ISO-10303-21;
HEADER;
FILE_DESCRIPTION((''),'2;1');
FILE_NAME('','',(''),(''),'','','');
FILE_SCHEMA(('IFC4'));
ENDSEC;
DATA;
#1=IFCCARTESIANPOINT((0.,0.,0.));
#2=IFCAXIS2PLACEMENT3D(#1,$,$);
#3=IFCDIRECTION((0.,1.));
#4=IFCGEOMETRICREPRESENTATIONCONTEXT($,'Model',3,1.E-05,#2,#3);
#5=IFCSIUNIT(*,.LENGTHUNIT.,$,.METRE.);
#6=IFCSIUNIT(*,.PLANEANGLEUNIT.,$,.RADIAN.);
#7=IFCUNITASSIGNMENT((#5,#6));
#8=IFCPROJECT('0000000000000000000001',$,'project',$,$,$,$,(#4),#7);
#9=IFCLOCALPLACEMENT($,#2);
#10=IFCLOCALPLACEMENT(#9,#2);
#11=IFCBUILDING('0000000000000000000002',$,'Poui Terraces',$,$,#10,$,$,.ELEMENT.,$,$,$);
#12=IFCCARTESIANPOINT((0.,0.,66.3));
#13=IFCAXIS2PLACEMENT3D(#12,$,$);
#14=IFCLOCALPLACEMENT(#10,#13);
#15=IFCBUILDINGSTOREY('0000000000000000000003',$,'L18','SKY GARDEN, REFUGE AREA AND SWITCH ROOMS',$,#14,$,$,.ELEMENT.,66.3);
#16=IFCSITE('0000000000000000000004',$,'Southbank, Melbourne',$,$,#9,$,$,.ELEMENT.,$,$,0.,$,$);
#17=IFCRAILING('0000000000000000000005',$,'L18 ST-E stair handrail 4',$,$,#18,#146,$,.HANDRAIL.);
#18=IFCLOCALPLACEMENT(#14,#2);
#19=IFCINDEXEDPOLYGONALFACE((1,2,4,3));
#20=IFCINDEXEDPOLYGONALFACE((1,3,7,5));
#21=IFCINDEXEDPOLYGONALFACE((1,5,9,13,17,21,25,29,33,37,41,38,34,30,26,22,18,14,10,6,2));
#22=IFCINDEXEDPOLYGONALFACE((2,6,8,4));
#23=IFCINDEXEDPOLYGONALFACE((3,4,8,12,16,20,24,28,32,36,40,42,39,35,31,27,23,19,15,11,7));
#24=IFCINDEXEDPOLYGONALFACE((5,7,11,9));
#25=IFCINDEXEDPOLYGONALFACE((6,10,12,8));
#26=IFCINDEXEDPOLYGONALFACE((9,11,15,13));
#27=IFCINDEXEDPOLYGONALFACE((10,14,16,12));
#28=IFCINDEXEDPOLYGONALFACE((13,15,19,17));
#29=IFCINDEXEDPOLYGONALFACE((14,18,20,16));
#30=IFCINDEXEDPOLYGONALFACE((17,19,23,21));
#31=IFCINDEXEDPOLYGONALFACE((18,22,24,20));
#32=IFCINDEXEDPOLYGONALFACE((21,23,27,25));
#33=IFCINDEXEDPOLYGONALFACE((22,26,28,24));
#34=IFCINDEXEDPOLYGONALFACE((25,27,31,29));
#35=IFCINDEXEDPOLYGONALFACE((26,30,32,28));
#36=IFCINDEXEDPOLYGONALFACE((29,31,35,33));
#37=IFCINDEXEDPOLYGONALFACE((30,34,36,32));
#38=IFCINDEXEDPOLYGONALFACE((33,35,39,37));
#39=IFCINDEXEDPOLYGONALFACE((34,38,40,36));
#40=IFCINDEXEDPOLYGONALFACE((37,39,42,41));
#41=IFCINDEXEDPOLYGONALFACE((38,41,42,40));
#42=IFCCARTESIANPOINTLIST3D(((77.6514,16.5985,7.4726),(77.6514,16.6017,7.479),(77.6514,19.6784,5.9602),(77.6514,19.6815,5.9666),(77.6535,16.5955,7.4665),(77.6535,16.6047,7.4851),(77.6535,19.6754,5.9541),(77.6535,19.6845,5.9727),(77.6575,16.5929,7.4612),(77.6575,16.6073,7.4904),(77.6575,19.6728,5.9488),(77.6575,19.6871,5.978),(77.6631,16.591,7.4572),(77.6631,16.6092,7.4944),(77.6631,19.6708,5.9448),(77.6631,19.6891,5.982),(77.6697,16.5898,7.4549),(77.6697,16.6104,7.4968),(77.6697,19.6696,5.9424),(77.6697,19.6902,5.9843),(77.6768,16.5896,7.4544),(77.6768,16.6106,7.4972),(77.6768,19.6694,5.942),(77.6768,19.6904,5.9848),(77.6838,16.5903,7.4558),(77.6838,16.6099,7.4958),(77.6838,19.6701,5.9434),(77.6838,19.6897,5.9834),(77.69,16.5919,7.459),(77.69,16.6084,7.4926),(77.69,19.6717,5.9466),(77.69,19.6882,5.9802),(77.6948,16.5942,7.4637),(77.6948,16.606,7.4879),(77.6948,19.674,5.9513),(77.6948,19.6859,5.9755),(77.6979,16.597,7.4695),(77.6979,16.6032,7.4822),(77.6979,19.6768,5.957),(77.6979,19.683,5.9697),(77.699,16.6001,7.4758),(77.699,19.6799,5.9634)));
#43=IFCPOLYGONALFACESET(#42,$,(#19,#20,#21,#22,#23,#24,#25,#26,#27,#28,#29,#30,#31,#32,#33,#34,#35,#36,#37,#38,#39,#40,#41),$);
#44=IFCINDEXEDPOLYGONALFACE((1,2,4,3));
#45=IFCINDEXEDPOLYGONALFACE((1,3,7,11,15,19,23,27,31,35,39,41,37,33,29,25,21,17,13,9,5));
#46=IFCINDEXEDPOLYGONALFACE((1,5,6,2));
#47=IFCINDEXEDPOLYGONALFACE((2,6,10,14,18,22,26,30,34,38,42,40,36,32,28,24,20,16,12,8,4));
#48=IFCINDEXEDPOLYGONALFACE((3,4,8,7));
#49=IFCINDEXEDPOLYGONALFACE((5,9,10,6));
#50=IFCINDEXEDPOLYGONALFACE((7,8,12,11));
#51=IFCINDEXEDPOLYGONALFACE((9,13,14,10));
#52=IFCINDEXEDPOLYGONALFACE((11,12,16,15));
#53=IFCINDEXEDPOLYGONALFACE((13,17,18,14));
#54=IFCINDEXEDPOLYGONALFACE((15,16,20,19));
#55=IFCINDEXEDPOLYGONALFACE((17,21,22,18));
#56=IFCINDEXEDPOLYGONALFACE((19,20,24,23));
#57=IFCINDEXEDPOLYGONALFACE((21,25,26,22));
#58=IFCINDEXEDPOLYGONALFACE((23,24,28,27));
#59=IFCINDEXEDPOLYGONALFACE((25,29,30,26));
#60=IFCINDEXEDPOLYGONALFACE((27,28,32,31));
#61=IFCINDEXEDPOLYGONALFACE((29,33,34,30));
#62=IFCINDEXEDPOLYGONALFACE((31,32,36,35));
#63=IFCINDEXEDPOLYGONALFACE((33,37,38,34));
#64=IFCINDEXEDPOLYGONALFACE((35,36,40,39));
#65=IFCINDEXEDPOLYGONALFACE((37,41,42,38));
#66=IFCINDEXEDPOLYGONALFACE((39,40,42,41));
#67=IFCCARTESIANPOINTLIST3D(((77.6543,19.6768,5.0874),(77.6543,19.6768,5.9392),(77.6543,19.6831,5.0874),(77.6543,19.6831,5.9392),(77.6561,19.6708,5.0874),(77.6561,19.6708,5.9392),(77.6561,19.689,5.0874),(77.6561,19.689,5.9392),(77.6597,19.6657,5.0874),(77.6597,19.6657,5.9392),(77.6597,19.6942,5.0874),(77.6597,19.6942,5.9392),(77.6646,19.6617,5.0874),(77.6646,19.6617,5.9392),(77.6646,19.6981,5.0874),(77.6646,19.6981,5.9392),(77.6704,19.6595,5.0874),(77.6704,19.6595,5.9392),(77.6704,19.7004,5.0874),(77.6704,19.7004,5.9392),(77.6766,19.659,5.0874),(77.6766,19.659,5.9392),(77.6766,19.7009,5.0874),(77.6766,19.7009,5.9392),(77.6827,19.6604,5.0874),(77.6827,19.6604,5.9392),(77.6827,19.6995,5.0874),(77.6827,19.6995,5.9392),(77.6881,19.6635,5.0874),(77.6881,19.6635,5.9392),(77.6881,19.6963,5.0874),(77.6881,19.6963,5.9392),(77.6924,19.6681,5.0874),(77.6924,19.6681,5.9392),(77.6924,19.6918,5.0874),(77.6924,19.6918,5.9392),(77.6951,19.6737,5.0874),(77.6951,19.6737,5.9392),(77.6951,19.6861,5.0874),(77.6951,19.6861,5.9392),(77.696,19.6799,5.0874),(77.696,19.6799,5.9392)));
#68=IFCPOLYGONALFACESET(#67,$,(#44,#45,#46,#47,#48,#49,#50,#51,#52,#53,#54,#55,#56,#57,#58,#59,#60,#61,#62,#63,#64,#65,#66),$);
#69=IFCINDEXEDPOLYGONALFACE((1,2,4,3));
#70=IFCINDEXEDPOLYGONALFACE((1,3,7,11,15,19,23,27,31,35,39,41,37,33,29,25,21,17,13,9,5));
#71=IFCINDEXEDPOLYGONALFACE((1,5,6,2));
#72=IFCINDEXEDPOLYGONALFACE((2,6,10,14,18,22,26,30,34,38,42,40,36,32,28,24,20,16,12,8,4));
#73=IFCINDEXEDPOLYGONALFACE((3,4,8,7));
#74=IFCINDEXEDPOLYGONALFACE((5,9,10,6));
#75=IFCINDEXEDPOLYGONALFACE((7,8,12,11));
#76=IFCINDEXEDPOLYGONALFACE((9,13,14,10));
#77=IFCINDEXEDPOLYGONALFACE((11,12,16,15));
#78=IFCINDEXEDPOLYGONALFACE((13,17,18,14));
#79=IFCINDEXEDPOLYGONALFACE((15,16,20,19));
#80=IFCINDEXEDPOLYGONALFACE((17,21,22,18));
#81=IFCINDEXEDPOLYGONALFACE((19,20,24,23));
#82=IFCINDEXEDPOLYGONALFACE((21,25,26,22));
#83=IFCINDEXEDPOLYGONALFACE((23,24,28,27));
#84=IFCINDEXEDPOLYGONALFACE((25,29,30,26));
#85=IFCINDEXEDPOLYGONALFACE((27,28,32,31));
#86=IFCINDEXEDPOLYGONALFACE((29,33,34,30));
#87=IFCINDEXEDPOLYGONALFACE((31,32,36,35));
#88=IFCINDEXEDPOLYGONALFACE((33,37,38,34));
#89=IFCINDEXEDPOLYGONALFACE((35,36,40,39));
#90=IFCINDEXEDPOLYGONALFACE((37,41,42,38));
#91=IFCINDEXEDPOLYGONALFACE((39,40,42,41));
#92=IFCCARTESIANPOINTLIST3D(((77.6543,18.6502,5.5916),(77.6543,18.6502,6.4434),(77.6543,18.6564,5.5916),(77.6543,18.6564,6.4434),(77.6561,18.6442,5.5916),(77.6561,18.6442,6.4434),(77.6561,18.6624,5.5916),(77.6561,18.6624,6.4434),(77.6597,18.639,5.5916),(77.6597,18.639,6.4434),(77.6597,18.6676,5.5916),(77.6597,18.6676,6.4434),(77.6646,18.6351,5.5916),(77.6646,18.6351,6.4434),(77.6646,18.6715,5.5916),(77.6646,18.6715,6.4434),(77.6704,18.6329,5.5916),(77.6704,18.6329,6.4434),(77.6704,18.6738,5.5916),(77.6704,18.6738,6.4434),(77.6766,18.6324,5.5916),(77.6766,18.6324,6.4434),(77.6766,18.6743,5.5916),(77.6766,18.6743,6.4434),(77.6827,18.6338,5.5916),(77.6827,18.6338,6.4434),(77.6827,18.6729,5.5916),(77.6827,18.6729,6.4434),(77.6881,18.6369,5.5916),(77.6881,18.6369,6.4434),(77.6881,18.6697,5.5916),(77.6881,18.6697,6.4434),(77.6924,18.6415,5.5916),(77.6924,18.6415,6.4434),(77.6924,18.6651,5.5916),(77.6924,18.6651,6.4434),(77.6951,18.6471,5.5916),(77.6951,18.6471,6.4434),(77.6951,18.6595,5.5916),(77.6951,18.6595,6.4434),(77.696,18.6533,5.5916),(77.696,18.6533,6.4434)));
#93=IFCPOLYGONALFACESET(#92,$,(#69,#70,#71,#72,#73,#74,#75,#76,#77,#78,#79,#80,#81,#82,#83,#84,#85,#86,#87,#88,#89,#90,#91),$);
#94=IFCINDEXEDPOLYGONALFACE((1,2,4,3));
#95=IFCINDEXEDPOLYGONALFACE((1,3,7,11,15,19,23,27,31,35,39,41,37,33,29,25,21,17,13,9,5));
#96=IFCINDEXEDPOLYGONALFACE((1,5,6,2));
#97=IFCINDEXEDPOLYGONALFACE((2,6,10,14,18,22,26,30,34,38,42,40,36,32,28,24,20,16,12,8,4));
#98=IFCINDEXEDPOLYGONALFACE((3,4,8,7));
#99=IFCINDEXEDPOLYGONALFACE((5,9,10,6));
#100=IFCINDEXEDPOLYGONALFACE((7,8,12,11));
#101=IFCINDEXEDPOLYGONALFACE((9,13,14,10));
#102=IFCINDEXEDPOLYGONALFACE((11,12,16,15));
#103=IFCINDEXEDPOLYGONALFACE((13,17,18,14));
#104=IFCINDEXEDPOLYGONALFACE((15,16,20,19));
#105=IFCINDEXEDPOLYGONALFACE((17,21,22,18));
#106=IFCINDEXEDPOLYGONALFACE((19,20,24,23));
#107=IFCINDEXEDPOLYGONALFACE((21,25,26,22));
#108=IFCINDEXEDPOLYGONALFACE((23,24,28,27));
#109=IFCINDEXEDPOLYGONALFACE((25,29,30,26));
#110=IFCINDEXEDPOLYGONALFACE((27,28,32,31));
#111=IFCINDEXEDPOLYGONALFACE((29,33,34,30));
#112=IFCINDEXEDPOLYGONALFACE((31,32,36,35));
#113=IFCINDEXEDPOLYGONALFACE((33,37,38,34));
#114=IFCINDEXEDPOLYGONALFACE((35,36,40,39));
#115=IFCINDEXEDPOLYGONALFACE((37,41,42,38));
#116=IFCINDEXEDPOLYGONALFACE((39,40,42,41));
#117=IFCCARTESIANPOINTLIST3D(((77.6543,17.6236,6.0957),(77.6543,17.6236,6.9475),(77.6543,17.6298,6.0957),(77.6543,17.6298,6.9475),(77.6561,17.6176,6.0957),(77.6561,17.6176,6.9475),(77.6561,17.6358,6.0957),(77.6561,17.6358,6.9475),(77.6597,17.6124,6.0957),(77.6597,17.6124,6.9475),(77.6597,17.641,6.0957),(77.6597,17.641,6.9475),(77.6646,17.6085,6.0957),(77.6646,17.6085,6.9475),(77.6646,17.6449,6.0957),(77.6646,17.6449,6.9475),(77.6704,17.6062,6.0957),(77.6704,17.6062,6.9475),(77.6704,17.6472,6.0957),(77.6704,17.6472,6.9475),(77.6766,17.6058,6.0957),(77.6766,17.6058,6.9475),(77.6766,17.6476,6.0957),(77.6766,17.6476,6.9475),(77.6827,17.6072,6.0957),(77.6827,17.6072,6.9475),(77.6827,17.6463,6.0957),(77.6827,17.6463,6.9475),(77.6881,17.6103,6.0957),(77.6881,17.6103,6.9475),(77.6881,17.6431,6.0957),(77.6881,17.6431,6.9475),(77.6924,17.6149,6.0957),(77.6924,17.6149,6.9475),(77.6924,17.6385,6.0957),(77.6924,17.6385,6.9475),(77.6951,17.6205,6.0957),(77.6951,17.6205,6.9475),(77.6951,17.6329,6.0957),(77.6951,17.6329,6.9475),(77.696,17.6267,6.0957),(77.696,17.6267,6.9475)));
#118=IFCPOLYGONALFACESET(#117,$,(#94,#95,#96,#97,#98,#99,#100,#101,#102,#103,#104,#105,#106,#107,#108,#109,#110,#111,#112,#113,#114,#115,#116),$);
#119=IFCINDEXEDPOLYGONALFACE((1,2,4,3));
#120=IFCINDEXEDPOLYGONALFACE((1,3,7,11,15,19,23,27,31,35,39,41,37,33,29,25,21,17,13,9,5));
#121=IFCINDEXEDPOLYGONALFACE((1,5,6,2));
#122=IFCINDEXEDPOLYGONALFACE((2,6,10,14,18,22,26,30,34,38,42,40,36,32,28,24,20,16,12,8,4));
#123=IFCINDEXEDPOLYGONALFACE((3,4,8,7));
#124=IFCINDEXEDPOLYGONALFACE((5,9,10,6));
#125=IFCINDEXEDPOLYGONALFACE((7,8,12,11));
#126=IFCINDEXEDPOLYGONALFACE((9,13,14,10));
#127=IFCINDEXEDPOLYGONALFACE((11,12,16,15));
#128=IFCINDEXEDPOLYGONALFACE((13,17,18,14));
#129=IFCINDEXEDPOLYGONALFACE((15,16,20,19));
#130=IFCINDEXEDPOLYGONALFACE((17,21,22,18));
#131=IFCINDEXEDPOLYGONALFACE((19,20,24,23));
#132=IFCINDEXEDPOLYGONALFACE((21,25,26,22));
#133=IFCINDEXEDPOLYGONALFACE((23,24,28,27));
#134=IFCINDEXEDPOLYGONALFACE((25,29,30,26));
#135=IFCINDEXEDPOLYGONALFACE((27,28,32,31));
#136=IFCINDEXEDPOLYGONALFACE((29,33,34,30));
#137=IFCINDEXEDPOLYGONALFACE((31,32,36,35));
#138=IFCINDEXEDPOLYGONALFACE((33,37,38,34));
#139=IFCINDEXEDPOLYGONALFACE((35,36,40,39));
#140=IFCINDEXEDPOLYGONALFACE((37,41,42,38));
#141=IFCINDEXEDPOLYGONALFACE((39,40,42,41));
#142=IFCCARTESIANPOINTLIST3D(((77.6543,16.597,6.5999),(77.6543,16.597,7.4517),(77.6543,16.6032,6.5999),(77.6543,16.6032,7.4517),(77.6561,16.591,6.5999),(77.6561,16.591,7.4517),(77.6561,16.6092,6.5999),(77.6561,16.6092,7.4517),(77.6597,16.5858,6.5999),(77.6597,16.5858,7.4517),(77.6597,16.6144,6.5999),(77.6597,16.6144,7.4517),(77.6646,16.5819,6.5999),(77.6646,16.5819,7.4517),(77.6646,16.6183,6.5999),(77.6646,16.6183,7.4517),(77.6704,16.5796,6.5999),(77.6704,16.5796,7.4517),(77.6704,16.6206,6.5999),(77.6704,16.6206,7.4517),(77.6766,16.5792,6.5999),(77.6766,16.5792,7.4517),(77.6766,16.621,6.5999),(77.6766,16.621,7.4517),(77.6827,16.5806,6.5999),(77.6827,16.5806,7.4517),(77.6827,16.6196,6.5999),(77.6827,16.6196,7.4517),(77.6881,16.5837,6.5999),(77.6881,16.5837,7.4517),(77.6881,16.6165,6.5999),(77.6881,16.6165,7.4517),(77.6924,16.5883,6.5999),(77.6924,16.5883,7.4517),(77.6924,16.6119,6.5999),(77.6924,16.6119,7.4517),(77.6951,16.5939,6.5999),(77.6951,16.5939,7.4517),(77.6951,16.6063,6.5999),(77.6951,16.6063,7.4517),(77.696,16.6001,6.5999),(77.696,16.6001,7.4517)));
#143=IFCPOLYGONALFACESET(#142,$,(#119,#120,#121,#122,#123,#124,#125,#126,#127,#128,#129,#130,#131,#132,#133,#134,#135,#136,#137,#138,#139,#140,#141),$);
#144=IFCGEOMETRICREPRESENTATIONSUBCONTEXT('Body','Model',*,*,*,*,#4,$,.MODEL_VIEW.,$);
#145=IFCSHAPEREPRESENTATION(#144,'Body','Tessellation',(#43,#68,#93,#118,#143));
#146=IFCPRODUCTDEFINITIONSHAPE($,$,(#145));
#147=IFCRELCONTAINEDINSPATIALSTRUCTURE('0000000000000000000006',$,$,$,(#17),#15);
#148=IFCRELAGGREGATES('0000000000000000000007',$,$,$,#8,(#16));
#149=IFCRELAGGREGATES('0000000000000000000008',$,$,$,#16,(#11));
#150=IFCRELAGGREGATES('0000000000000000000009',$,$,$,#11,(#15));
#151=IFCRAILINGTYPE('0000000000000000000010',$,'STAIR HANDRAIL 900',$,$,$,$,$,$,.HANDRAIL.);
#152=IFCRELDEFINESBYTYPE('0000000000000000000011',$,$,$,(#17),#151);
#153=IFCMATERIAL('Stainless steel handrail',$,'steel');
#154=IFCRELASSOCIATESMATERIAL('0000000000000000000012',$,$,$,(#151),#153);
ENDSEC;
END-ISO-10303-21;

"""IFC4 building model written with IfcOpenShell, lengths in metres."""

from ifc_helpers import new_model, si_unit, direction, frame, origin, origin_2d, place, context, subcontext, project, spatial, circle, extrude, material, type_object, element, save


model = new_model("IFC4")

# Units and contexts
model_context = context("Model", 3, precision=1e-05, world=origin(), true_north=direction((0.0, 1.0)))
body_context = subcontext(model_context, "Body", "Model", "MODEL_VIEW")
ifc_project = project(units=[si_unit("LENGTHUNIT", "METRE"), si_unit("PLANEANGLEUNIT", "RADIAN")], contexts=[model_context])

# Site, building, storey
site_placement = place(None, origin())
site = spatial("IfcSite", under=ifc_project, at=site_placement, Name="Southbank, Melbourne", CompositionType="ELEMENT", RefElevation=0.0)
building_placement = place(site_placement, origin())
building = spatial("IfcBuilding", under=site, at=building_placement, Name="Poui Terraces", CompositionType="ELEMENT")
storey_placement = place(building_placement, frame((0.0, 0.0, 66.3)))
storey = spatial("IfcBuildingStorey", under=building, at=storey_placement, Name="L18", Description="SKY GARDEN, REFUGE AREA AND SWITCH ROOMS", CompositionType="ELEMENT", Elevation=66.3)

# Railing
ifc_material_1 = material(Name="Stainless steel handrail", Category="steel")
railing_type_1 = type_object("IfcRailingType", Name="STAIR HANDRAIL 900", PredefinedType="HANDRAIL", material=ifc_material_1)
railing_1_placement = place(storey_placement, frame((77.675, 19.6799, 5.0874)))
element("IfcRailing", 1, at=railing_1_placement, inside=storey, type_object=railing_type_1, Name="L18 ST-E stair handrail 4", PredefinedType="HANDRAIL", context=body_context, shape_type="SweptSolid", body=[
    extrude(circle(Radius=0.0239, at=origin_2d()), frame((0.0, 0.0, 0.876), z_axis=(0.0, -0.897606, 0.440798), x_axis=(1.0, 0.0, 0.0)), (0.0, 0.0, 1.0), 3.4312),
    extrude(circle(Radius=0.021, at=origin_2d()), origin(), (0.0, 0.0, 1.0), 0.8518),
    extrude(circle(Radius=0.021, at=origin_2d()), frame((0.0, -1.0266, 0.5042)), (0.0, 0.0, 1.0), 0.8518),
    extrude(circle(Radius=0.021, at=origin_2d()), frame((0.0, -2.0532, 1.0083)), (0.0, 0.0, 1.0), 0.8518),
    extrude(circle(Radius=0.021, at=origin_2d()), frame((0.0, -3.0798, 1.5125)), (0.0, 0.0, 1.0), 0.8518),
])

save(model, "model.ifc")
